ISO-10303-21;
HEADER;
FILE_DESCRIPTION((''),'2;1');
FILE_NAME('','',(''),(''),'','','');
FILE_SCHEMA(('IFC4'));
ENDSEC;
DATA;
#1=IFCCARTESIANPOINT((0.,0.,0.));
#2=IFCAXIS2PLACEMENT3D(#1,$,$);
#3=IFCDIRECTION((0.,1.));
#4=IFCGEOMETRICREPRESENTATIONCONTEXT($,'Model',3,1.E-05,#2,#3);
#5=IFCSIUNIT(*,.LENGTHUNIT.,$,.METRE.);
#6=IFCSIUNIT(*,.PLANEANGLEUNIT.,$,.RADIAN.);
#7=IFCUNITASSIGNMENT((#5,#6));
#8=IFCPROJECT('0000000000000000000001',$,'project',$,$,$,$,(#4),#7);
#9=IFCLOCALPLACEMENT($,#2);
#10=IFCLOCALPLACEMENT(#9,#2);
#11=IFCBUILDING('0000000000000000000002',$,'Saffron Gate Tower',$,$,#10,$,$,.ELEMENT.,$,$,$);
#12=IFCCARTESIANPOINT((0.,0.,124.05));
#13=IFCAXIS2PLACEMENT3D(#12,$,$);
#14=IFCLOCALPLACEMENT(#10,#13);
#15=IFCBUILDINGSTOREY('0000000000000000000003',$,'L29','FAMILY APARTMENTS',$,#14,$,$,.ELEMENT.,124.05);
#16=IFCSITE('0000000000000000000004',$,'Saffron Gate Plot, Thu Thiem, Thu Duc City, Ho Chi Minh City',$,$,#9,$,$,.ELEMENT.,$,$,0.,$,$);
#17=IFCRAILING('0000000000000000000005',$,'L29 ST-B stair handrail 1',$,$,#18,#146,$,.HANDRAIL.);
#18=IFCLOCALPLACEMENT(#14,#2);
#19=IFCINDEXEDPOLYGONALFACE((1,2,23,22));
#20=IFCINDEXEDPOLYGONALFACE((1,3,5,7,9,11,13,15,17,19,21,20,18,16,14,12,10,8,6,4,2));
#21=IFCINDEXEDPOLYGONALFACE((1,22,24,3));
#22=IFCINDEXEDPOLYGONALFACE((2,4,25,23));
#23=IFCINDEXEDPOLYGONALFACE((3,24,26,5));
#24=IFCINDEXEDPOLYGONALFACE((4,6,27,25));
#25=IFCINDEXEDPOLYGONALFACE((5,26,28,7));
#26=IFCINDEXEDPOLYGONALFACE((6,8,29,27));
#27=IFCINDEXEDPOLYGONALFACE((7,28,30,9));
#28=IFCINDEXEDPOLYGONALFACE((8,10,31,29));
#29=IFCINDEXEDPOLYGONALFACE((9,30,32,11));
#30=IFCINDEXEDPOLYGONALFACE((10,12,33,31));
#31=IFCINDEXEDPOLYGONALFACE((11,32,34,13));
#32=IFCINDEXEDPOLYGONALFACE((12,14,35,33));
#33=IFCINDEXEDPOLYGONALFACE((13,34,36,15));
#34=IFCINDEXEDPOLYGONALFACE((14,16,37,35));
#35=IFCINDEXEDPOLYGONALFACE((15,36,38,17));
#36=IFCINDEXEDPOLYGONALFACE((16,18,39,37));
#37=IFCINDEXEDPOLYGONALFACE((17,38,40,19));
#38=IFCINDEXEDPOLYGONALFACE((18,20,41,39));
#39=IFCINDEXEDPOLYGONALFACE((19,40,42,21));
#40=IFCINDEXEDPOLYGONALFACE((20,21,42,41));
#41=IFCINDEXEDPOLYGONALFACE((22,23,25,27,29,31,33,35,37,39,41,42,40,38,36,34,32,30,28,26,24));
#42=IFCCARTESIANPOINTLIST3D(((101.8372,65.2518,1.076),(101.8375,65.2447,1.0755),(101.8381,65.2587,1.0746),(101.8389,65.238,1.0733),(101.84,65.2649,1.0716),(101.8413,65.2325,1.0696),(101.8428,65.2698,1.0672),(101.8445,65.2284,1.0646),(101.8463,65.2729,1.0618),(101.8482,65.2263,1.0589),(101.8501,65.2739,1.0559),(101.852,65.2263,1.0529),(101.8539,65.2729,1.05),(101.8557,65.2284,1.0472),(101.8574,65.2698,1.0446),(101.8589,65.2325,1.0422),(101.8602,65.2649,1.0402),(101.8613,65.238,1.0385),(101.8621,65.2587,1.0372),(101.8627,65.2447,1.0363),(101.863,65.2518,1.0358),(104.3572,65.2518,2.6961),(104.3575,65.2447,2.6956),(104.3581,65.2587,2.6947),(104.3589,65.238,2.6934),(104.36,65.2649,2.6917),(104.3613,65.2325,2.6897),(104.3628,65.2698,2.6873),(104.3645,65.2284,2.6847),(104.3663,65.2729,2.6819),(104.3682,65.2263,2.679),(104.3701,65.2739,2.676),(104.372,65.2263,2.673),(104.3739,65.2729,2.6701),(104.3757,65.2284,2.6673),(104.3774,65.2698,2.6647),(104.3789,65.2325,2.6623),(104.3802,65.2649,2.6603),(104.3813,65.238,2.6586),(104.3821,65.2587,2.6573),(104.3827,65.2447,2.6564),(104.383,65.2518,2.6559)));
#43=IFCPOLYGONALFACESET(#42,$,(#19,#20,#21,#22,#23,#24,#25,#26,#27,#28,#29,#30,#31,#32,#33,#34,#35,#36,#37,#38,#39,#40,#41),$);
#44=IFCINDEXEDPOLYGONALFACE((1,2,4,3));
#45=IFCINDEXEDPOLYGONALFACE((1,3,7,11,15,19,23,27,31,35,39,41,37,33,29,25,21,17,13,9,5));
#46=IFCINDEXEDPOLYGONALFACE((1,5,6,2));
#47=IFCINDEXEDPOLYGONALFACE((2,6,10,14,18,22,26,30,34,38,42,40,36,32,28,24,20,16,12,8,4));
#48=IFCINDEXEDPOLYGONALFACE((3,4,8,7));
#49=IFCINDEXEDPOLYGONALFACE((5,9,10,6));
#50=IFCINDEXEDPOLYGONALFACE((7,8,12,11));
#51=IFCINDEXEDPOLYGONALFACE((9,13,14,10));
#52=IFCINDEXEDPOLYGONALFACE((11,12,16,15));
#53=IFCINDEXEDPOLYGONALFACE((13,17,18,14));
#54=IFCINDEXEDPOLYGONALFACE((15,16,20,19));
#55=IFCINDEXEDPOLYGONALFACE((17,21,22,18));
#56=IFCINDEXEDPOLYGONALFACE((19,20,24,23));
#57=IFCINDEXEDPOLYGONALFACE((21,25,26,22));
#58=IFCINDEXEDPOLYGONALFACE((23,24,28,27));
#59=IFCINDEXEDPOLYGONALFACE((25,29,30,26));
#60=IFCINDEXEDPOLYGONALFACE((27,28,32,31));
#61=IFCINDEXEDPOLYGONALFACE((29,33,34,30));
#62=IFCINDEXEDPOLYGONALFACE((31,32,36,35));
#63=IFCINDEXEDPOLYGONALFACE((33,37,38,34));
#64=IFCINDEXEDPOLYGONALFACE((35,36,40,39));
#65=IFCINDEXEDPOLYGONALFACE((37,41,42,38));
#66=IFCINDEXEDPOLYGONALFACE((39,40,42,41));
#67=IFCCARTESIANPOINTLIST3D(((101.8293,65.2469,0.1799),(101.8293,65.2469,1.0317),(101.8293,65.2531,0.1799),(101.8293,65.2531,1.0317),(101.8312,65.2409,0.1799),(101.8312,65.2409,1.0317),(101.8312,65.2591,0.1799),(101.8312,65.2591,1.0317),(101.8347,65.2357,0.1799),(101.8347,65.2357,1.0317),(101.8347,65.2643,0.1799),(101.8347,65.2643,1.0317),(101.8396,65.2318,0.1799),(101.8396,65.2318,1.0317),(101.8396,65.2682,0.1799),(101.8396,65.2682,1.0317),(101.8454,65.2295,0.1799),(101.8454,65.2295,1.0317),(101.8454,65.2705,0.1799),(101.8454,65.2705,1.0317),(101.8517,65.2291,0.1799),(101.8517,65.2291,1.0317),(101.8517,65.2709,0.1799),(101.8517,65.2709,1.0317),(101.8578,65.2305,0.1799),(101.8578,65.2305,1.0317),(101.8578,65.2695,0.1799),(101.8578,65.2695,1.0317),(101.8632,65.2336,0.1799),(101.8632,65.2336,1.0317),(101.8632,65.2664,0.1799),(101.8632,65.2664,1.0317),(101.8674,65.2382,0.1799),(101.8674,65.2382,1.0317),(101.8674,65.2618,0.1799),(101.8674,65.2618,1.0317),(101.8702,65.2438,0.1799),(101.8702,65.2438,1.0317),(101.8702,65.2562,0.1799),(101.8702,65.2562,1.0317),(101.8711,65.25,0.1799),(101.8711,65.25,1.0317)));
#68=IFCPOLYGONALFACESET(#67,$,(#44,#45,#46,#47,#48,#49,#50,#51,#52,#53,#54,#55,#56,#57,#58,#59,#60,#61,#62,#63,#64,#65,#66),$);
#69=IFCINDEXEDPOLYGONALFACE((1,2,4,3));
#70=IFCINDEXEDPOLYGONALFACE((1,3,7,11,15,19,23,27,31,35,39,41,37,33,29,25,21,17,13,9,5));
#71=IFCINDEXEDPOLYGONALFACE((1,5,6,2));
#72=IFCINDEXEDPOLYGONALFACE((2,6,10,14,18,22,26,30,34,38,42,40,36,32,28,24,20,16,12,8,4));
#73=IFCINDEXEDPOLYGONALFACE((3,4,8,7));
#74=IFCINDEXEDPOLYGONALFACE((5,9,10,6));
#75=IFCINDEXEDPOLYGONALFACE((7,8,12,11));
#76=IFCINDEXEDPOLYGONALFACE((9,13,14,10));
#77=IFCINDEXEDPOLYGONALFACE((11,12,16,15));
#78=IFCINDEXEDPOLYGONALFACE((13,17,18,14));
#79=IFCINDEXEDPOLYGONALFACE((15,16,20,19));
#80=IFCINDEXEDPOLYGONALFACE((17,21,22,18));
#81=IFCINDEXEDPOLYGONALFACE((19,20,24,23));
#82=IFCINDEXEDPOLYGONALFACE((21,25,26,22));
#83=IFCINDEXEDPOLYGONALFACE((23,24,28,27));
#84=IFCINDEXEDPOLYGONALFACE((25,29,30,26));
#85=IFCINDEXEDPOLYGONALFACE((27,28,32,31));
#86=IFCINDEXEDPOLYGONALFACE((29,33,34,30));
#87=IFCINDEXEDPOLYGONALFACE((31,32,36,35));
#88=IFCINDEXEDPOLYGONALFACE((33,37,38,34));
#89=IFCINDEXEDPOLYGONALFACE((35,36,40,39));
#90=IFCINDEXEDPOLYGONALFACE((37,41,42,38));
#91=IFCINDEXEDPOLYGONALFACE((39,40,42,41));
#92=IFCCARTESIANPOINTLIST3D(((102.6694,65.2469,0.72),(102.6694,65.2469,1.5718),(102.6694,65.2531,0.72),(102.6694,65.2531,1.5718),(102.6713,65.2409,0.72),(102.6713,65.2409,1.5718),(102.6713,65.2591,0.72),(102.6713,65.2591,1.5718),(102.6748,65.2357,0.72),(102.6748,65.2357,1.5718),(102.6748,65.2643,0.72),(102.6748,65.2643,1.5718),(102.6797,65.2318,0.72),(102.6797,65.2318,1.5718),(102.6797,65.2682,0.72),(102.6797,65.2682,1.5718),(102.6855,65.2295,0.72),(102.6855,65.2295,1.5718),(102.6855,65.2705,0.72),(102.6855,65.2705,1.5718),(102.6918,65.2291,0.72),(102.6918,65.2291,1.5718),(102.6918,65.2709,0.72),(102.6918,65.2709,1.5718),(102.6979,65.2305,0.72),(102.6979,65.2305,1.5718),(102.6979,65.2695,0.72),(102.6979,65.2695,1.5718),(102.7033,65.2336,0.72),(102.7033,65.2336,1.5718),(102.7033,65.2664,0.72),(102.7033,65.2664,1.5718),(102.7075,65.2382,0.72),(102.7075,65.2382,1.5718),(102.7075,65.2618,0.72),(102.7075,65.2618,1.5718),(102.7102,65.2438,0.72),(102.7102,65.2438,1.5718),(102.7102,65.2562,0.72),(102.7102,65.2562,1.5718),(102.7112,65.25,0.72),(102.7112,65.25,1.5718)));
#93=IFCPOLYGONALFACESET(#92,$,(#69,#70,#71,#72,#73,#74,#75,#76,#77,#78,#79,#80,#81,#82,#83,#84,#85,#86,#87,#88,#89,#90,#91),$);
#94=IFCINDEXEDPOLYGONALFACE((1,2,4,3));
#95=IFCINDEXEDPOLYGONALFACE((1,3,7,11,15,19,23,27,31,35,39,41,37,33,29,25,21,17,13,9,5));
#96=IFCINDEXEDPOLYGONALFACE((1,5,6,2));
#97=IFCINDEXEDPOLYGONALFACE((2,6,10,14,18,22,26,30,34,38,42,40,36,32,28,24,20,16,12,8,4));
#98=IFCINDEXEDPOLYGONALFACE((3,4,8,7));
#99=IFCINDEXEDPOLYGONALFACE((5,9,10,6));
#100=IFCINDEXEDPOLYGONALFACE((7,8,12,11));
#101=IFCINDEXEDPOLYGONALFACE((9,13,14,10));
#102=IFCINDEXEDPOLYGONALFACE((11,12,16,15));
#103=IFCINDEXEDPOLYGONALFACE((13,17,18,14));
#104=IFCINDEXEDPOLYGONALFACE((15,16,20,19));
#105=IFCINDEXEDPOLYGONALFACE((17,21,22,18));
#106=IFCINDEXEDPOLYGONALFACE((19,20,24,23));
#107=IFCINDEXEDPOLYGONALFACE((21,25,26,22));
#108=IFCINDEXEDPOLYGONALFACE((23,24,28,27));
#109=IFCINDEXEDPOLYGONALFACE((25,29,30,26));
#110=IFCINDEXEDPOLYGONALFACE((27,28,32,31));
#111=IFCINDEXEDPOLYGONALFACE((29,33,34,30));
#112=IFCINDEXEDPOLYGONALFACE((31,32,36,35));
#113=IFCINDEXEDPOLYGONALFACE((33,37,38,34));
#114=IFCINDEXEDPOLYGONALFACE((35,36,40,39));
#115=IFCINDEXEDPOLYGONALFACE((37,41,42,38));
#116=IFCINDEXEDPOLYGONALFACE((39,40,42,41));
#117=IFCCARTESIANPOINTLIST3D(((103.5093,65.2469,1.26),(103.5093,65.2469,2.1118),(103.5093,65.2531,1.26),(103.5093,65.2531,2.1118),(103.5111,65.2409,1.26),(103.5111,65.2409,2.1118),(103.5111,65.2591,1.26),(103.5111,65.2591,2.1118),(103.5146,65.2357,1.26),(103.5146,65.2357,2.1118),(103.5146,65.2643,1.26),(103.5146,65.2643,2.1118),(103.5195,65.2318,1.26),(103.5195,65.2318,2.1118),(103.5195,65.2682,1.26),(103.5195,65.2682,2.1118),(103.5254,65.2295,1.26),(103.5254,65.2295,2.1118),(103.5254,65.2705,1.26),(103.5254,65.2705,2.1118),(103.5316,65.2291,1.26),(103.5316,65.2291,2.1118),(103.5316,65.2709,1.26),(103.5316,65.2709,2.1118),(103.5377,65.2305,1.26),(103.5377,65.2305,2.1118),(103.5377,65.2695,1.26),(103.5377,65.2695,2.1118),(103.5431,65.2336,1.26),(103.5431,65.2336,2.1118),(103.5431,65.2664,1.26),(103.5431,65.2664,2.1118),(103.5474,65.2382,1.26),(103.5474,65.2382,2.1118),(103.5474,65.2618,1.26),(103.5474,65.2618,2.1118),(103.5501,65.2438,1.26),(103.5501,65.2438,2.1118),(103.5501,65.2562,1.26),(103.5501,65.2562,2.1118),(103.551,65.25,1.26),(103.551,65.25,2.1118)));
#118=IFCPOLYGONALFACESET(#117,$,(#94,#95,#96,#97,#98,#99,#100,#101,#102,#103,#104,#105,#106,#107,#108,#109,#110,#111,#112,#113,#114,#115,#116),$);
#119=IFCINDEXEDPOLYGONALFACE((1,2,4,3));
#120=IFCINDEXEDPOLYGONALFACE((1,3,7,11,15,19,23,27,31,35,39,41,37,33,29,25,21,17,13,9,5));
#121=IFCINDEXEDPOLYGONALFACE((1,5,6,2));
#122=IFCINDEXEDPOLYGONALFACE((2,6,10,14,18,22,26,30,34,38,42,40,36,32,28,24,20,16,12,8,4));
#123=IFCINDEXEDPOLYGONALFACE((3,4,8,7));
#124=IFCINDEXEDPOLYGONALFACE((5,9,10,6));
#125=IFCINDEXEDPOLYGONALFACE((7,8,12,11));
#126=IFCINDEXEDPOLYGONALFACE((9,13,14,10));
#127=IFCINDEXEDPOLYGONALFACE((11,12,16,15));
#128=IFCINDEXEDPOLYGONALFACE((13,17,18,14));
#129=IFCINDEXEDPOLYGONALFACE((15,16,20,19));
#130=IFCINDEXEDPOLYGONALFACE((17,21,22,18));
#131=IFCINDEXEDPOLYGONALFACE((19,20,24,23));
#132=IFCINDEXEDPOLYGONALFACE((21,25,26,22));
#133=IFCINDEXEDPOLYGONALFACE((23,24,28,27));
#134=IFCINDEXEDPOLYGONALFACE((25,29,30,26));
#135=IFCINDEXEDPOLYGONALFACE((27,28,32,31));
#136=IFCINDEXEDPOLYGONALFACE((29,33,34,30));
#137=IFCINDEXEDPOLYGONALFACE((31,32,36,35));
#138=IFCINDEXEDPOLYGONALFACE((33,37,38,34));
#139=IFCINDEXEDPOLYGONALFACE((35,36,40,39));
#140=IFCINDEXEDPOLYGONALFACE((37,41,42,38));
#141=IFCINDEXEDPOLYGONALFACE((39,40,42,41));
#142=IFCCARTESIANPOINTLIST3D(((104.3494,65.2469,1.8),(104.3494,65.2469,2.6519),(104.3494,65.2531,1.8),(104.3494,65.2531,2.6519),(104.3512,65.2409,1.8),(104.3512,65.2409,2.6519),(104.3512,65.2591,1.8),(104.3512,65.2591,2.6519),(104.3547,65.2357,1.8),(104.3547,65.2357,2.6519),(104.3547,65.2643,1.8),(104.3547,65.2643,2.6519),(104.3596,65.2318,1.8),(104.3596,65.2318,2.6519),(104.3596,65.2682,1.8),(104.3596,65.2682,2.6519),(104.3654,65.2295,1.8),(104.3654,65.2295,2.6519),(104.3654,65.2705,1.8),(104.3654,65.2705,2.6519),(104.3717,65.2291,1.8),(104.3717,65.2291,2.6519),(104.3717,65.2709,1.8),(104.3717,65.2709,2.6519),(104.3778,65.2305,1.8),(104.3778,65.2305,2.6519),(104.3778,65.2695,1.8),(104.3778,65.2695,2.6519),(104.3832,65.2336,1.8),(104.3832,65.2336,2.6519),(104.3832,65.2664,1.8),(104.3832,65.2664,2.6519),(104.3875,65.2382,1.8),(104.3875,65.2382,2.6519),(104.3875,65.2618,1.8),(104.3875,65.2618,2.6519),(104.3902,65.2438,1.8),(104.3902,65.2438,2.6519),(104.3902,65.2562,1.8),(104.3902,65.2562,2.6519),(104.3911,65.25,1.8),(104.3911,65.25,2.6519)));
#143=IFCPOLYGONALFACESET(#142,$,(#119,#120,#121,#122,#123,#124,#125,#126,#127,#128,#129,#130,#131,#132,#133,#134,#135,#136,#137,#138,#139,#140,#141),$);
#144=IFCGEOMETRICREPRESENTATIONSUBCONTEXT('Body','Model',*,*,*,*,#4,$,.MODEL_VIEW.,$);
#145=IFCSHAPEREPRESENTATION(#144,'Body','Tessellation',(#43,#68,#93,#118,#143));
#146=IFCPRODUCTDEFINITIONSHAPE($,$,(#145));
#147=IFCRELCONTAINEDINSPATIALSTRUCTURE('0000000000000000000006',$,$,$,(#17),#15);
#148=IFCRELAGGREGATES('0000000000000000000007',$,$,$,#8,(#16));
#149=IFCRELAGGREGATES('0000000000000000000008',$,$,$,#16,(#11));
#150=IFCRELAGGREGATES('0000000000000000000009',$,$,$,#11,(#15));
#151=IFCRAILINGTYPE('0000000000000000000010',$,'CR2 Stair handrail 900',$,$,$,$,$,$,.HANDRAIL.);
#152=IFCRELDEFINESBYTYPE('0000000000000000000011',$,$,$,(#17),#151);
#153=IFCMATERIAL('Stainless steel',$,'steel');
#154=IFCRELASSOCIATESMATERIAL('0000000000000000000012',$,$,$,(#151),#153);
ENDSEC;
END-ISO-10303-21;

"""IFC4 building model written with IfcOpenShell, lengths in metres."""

from ifc_helpers import new_model, si_unit, direction, frame, origin, origin_2d, place, context, subcontext, project, spatial, circle, extrude, material, type_object, element, save


model = new_model("IFC4")

# Units and contexts
model_context = context("Model", 3, precision=1e-05, world=origin(), true_north=direction((0.0, 1.0)))
body_context = subcontext(model_context, "Body", "Model", "MODEL_VIEW")
ifc_project = project(units=[si_unit("LENGTHUNIT", "METRE"), si_unit("PLANEANGLEUNIT", "RADIAN")], contexts=[model_context])

# Site, building, storey
site_placement = place(None, origin())
site = spatial("IfcSite", under=ifc_project, at=site_placement, Name="Saffron Gate Plot, Thu Thiem, Thu Duc City, Ho Chi Minh City", CompositionType="ELEMENT", RefElevation=0.0)
building_placement = place(site_placement, origin())
building = spatial("IfcBuilding", under=site, at=building_placement, Name="Saffron Gate Tower", CompositionType="ELEMENT")
storey_placement = place(building_placement, frame((0.0, 0.0, 124.05)))
storey = spatial("IfcBuildingStorey", under=building, at=storey_placement, Name="L29", Description="FAMILY APARTMENTS", CompositionType="ELEMENT", Elevation=124.05)

# Railing
ifc_material_1 = material(Name="Stainless steel", Category="steel")
railing_type_1 = type_object("IfcRailingType", Name="CR2 Stair handrail 900", PredefinedType="HANDRAIL", material=ifc_material_1)
railing_1_placement = place(storey_placement, frame((101.8501, 65.25, 0.1799)))
element("IfcRailing", 1, at=railing_1_placement, inside=storey, type_object=railing_type_1, Name="L29 ST-B stair handrail 1", PredefinedType="HANDRAIL", context=body_context, shape_type="SweptSolid", body=[
    extrude(circle(Radius=0.0239, at=origin_2d()), frame((0.0, 0.0, 0.876), z_axis=(0.841163, 0.0, 0.540782), x_axis=(0.0, 1.0, 0.0)), (0.0, 0.0, 1.0), 2.9958),
    extrude(circle(Radius=0.021, at=origin_2d()), origin(), (0.0, 0.0, 1.0), 0.8518),
    extrude(circle(Radius=0.021, at=origin_2d()), frame((0.8401, 0.0, 0.54)), (0.0, 0.0, 1.0), 0.8518),
    extrude(circle(Radius=0.021, at=origin_2d()), frame((1.6799, 0.0, 1.0801)), (0.0, 0.0, 1.0), 0.8518),
    extrude(circle(Radius=0.021, at=origin_2d()), frame((2.52, 0.0, 1.6201)), (0.0, 0.0, 1.0), 0.8518),
])

save(model, "model.ifc")
